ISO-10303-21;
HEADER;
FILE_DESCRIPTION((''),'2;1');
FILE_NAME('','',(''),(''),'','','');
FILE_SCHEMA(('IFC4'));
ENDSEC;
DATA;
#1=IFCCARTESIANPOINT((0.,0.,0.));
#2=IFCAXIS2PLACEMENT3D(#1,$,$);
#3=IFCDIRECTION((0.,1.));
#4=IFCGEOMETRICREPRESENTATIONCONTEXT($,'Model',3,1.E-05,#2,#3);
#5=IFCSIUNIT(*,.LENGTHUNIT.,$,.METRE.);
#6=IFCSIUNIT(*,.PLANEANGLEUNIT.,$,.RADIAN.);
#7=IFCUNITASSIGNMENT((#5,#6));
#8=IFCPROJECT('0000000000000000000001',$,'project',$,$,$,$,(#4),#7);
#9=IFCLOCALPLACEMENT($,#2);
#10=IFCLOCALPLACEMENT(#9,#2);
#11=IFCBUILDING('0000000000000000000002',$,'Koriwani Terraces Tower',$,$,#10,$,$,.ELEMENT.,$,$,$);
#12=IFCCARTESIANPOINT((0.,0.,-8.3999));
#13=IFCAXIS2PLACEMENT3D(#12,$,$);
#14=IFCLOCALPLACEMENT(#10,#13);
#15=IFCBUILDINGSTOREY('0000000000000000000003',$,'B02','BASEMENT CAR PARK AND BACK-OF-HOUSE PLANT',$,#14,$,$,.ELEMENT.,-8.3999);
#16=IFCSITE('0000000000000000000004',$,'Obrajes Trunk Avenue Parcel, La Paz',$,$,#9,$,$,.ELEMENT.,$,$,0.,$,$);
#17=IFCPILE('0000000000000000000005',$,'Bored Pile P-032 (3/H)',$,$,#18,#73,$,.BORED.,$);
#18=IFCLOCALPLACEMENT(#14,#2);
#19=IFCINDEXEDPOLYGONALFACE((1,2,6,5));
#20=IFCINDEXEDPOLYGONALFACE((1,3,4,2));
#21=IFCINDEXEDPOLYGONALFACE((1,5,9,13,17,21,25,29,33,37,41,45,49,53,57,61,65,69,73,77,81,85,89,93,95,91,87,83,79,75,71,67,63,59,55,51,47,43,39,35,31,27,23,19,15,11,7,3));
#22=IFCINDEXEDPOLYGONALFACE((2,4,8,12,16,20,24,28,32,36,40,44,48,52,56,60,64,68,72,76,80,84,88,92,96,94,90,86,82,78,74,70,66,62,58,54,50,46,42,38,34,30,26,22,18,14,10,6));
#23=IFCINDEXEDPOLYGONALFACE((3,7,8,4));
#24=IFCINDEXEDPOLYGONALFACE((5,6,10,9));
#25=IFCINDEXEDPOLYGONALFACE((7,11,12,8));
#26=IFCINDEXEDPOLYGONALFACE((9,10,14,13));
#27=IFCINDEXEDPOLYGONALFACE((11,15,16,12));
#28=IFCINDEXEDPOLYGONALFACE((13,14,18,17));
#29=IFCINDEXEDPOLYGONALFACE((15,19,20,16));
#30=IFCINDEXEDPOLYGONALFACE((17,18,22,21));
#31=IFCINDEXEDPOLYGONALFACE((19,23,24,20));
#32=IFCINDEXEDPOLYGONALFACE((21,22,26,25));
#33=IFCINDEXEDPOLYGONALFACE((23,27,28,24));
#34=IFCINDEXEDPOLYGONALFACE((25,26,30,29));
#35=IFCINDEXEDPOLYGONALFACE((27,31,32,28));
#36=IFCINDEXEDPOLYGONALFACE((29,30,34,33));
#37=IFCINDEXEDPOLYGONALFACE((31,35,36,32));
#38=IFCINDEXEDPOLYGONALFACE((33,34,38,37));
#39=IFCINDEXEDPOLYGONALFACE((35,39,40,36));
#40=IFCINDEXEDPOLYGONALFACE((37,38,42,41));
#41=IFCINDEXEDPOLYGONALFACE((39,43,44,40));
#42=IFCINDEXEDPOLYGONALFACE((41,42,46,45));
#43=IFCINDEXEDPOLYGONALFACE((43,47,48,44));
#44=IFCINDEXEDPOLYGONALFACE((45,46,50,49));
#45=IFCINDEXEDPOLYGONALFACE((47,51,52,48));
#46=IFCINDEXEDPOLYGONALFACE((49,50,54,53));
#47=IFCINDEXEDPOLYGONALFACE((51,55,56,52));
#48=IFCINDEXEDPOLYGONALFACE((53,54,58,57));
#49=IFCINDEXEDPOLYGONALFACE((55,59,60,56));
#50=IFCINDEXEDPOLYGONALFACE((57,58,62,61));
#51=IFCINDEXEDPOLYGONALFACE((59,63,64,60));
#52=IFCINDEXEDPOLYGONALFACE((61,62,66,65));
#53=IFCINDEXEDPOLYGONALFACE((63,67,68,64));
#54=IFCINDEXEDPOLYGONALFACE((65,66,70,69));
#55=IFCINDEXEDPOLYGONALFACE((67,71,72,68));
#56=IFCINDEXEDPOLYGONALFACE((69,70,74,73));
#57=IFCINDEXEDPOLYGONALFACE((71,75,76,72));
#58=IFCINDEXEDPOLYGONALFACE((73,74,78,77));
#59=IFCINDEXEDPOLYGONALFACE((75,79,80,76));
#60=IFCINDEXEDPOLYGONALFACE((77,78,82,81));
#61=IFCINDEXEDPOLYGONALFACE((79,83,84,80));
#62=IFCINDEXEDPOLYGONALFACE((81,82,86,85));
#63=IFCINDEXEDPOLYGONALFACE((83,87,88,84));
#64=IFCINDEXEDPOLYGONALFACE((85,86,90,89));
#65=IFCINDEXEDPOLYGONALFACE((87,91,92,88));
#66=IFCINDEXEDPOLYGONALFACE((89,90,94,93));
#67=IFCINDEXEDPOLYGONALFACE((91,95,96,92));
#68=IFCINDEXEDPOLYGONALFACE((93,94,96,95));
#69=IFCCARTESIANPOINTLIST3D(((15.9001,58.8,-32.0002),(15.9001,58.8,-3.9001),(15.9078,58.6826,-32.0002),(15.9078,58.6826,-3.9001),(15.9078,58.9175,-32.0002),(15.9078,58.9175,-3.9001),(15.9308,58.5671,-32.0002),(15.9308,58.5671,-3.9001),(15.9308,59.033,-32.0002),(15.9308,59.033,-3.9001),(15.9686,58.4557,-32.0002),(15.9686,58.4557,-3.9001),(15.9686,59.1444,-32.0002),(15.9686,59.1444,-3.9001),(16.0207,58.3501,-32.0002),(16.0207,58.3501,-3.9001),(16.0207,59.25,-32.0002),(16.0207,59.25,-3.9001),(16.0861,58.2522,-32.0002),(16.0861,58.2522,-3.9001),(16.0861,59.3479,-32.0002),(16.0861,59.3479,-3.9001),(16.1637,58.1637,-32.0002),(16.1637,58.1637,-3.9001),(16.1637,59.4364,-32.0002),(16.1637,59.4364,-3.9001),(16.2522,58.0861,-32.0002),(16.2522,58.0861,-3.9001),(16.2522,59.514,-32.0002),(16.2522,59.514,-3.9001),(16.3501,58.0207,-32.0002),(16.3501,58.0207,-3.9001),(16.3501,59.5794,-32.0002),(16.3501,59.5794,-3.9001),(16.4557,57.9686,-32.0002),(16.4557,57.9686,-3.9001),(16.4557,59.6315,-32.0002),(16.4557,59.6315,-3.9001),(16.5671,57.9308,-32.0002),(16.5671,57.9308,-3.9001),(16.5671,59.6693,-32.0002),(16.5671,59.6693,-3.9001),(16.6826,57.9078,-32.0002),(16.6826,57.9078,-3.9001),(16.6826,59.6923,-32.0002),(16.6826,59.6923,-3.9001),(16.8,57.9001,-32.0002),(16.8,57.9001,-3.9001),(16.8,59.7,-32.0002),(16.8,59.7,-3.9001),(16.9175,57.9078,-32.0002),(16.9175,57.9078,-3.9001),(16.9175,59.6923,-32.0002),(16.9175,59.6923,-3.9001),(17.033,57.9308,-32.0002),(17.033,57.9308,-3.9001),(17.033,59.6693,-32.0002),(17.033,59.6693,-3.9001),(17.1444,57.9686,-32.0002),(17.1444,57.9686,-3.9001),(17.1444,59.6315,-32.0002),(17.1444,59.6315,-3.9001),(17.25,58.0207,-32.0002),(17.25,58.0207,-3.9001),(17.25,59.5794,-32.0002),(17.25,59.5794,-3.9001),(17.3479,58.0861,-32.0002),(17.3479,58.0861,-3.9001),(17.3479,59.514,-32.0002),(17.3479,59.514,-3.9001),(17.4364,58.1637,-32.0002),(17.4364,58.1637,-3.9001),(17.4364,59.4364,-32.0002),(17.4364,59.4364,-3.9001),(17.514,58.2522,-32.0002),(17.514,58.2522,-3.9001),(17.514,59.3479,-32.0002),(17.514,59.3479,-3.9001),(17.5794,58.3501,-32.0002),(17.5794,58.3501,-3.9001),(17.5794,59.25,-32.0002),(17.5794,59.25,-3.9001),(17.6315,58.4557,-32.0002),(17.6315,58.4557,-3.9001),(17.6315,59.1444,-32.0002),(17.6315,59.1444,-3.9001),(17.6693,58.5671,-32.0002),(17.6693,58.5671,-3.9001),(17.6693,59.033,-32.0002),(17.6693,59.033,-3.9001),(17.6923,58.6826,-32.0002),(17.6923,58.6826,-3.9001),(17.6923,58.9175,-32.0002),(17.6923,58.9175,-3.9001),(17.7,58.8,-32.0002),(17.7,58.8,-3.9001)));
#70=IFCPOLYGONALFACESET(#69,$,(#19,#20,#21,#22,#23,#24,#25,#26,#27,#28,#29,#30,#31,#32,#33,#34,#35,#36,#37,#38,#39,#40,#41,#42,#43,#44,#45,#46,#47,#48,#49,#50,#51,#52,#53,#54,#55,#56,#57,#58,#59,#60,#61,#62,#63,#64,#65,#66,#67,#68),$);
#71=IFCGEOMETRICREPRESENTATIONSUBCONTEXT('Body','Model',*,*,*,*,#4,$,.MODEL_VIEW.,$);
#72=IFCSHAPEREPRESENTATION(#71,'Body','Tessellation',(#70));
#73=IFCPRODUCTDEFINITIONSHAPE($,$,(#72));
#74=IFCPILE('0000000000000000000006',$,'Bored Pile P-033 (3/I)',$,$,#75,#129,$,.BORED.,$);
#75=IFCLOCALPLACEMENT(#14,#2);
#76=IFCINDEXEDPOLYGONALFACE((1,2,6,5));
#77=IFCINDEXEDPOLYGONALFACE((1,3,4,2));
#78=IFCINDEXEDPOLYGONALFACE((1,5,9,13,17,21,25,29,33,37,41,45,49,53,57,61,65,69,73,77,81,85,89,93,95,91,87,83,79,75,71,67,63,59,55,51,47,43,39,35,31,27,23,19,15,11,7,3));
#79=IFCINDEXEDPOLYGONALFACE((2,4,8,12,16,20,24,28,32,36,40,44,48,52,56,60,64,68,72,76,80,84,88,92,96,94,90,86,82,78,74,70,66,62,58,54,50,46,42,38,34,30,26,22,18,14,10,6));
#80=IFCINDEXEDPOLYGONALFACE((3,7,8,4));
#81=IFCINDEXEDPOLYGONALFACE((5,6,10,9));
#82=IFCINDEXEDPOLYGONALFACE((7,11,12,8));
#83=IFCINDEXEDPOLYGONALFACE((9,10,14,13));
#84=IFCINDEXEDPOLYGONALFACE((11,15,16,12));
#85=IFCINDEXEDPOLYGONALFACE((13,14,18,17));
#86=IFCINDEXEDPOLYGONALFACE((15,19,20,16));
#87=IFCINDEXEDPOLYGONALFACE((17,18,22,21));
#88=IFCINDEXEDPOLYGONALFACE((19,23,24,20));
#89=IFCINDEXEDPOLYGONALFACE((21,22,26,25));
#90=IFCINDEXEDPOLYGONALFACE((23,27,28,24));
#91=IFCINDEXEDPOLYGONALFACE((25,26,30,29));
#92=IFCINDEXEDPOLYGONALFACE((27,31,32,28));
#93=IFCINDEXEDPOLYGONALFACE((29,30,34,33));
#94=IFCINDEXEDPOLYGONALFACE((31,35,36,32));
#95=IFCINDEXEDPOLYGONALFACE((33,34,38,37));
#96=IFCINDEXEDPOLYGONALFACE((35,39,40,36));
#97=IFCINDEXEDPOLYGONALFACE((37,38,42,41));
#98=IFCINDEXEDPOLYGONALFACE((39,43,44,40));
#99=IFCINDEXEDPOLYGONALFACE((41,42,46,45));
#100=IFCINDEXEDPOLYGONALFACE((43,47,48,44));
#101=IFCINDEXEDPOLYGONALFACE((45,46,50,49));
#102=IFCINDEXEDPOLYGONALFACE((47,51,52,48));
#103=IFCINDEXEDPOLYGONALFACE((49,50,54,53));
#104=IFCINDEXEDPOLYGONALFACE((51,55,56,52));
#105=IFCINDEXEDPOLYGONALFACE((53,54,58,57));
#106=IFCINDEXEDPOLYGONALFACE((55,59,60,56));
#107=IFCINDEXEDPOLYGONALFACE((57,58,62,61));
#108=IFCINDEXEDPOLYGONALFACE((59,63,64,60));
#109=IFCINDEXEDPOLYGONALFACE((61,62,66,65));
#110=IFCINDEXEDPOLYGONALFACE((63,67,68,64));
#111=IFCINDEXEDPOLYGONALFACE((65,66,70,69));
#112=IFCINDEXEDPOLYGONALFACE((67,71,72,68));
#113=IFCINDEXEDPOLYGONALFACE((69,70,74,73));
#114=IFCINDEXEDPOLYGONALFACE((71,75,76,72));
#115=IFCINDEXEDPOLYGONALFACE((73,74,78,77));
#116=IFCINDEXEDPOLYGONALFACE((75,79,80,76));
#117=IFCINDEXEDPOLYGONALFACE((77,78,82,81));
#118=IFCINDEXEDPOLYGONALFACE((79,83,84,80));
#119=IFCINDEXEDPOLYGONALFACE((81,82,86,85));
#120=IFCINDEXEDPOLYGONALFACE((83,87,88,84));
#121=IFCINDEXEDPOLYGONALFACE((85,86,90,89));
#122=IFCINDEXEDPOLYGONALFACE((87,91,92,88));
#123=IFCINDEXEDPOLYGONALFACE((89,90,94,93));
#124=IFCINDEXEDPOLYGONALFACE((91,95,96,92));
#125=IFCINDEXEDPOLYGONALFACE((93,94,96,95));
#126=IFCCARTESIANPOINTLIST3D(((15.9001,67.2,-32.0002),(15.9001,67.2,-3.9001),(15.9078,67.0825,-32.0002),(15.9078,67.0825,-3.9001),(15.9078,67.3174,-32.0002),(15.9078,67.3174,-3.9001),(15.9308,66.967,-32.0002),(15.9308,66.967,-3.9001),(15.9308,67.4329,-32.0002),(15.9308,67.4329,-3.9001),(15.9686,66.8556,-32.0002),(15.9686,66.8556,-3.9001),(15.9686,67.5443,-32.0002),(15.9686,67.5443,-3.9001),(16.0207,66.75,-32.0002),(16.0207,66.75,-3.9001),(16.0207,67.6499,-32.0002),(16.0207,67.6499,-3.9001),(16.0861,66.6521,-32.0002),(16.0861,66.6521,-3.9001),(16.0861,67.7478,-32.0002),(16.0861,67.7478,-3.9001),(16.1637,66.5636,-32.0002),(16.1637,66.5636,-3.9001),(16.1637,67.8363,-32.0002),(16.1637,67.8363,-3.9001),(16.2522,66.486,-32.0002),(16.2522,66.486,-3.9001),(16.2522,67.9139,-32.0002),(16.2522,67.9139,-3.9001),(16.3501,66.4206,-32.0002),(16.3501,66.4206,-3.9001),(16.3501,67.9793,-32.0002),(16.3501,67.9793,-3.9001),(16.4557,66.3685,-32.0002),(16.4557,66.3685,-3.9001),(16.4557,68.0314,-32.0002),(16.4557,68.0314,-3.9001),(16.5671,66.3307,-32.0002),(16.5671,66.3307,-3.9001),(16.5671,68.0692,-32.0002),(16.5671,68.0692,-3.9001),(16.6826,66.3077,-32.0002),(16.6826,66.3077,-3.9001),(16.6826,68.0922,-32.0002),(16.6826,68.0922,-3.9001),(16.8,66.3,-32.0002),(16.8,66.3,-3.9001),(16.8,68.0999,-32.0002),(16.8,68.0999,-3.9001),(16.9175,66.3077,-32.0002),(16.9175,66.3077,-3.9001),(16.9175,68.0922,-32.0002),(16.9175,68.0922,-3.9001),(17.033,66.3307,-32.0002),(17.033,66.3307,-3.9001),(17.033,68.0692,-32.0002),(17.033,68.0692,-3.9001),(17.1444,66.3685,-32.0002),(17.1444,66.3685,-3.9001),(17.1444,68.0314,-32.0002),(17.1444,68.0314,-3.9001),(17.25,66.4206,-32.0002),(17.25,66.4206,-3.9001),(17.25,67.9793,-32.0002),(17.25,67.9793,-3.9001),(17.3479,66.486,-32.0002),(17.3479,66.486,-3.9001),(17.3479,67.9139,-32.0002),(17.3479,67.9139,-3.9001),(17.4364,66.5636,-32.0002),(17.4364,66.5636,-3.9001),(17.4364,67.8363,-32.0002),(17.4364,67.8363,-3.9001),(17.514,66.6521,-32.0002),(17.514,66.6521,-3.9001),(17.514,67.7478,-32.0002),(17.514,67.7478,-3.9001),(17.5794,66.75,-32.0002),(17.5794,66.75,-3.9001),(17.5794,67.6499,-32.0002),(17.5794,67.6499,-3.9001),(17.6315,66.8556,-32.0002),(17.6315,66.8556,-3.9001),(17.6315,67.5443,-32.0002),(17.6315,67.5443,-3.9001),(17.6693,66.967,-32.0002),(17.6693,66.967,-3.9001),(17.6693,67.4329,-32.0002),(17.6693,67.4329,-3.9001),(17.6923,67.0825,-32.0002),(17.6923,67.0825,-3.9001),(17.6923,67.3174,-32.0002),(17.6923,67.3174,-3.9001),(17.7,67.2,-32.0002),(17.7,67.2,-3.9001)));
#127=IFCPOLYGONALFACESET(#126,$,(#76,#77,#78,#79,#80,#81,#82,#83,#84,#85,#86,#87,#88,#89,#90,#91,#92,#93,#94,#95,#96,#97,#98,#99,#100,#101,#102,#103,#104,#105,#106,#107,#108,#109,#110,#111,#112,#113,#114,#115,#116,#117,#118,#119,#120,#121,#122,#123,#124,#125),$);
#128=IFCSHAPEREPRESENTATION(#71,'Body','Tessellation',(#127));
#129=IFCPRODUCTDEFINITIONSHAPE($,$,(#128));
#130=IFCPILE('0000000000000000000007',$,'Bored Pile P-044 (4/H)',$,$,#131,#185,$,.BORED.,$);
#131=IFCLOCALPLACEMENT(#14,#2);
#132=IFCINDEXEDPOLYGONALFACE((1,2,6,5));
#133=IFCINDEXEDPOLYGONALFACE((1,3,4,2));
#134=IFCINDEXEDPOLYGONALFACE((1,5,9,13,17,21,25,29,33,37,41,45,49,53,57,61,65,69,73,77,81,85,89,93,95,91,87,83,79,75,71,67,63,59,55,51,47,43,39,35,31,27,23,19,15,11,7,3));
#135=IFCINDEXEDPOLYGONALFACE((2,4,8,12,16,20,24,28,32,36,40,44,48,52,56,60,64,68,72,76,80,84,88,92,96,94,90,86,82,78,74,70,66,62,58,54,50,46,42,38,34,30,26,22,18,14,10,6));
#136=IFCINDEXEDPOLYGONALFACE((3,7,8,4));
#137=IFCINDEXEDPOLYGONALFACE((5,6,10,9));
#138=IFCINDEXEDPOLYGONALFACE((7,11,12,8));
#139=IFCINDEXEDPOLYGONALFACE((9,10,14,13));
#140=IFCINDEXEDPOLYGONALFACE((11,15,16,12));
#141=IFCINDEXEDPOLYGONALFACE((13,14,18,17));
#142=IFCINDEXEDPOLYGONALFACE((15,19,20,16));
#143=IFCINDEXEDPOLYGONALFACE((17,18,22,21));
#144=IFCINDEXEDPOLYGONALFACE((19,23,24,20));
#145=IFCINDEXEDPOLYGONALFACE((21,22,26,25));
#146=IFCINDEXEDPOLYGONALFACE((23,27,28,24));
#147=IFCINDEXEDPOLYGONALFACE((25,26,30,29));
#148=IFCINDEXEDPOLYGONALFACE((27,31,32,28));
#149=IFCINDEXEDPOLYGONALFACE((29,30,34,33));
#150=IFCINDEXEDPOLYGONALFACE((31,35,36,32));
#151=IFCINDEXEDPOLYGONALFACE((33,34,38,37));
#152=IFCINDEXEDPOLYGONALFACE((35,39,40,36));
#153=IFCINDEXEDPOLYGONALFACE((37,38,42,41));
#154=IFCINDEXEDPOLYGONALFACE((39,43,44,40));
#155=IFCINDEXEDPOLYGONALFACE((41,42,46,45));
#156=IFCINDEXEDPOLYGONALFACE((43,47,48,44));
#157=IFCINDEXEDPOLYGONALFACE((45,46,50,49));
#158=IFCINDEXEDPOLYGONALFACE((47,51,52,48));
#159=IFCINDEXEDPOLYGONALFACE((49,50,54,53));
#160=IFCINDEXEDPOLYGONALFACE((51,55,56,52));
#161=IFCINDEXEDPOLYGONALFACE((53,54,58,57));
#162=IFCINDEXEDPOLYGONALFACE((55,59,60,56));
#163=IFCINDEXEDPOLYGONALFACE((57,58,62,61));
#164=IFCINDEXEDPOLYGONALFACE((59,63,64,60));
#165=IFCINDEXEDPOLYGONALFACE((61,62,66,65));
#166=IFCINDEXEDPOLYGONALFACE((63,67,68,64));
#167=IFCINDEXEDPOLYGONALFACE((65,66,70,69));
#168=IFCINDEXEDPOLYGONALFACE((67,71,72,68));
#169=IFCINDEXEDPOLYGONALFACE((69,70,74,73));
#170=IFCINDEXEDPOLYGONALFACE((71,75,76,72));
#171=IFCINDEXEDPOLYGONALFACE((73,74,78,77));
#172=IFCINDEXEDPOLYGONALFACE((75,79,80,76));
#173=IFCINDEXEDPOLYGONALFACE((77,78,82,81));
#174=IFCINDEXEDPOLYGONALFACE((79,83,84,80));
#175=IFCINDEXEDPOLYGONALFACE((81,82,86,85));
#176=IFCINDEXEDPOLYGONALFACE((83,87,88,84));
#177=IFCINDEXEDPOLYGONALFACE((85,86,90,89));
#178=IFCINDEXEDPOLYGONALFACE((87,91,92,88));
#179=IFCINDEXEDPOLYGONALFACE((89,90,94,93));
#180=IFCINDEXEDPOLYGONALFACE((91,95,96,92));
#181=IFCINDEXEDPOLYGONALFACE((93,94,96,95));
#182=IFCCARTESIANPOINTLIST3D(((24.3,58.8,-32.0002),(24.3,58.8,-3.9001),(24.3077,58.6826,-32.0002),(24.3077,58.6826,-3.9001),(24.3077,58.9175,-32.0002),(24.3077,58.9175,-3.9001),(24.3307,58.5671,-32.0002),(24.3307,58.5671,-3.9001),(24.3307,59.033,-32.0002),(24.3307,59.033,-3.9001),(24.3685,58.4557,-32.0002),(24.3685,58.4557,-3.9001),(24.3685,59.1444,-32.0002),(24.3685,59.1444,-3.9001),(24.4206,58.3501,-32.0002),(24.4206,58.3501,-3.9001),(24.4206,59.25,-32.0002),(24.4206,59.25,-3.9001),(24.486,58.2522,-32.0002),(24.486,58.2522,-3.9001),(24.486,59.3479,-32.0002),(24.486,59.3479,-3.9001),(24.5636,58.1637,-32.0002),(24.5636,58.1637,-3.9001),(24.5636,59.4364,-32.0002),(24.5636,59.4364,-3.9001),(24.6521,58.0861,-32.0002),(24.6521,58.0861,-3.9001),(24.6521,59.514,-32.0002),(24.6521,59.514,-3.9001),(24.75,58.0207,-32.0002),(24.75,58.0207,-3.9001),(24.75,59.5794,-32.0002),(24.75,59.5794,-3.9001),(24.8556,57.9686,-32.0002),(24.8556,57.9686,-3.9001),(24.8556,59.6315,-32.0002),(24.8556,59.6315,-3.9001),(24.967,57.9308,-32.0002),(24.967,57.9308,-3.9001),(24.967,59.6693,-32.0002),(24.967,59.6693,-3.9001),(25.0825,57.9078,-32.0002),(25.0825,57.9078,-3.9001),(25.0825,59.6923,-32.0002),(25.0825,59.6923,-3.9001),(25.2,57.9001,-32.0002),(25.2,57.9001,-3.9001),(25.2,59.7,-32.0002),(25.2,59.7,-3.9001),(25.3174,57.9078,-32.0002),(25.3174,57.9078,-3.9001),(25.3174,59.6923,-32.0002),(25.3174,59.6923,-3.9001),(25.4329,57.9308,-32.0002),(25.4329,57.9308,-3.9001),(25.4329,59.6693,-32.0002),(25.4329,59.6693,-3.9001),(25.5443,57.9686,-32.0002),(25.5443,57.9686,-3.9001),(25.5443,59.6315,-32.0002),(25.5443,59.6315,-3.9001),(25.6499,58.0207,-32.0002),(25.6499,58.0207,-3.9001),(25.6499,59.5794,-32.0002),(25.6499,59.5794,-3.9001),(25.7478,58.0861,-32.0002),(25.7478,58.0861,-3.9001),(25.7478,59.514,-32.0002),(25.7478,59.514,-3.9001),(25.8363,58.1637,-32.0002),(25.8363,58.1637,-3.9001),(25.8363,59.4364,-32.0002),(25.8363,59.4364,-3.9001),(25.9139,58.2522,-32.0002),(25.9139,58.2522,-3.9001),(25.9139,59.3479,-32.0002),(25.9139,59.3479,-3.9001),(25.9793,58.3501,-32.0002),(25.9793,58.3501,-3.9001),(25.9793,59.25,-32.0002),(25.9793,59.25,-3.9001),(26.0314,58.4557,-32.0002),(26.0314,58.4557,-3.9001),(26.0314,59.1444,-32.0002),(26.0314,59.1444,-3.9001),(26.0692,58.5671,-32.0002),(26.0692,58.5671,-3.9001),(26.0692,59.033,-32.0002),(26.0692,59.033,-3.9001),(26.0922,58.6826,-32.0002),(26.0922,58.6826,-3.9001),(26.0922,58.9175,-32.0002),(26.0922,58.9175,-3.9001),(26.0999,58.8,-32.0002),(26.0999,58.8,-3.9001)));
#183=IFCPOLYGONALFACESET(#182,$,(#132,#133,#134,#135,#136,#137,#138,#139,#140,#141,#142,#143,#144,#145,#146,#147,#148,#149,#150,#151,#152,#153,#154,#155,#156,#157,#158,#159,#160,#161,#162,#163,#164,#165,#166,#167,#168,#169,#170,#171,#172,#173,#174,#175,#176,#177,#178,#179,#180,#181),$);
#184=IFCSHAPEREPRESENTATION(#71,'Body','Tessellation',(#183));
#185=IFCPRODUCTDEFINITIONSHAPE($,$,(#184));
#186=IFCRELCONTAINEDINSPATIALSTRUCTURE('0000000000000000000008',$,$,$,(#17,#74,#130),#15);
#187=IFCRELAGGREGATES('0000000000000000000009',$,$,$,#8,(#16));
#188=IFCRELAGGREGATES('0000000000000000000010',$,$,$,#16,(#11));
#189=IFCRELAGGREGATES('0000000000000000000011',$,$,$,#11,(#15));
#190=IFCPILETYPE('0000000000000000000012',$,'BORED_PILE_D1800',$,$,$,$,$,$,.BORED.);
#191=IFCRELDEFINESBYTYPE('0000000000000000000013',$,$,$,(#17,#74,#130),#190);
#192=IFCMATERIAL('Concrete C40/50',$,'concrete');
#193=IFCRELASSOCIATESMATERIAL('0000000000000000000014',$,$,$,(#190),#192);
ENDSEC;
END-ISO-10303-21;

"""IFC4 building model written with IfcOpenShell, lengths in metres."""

from ifc_helpers import new_model, si_unit, direction, frame, origin, origin_2d, place, context, subcontext, project, spatial, circle, extrude, material, material_profile, profile_set, type_object, element, save


model = new_model("IFC4")

# Units and contexts
model_context = context("Model", 3, precision=1e-05, world=origin(), true_north=direction((0.0, 1.0)))
body_context = subcontext(model_context, "Body", "Model", "MODEL_VIEW")
ifc_project = project(units=[si_unit("LENGTHUNIT", "METRE"), si_unit("PLANEANGLEUNIT", "RADIAN")], contexts=[model_context])

# Site, building, storey
site_placement = place(None, origin())
site = spatial("IfcSite", under=ifc_project, at=site_placement, Name="Obrajes Trunk Avenue Parcel, La Paz", CompositionType="ELEMENT", RefElevation=0.0)
building_placement = place(site_placement, origin())
building = spatial("IfcBuilding", under=site, at=building_placement, Name="Koriwani Terraces Tower", CompositionType="ELEMENT")
storey_placement = place(building_placement, frame((0.0, 0.0, -8.3999)))
storey = spatial("IfcBuildingStorey", under=building, at=storey_placement, Name="B02", Description="BASEMENT CAR PARK AND BACK-OF-HOUSE PLANT", CompositionType="ELEMENT", Elevation=-8.3999)

# Piles
ifc_material_1 = material(Name="Concrete C40/50", Category="concrete")
ifc_material_profile_1 = material_profile(ifc_material_1, circle(Radius=0.8999, at=origin_2d()), Name="Concrete C40/50")
ifc_profile_set_1 = profile_set([ifc_material_profile_1], Name="Concrete C40/50")
pile_type = type_object("IfcPileType", Name="BORED_PILE_D1800", PredefinedType="BORED", material=ifc_profile_set_1)
for number, where, z_axis, x_axis, name in (
    (1, (16.8, 58.8, -3.9001), (0.0, 0.0, -1.0), (1.0, 0.0, 0.0), "Bored Pile P-032 (3/H)"),
    (2, (16.8, 67.2, -3.9001), (0.0, 0.0, -1.0), (1.0, 0.0, 0.0), "Bored Pile P-033 (3/I)"),
    (3, (25.2, 58.8, -3.9001), (0.0, 0.0, -1.0), (1.0, 0.0, 0.0), "Bored Pile P-044 (4/H)"),
):
    element("IfcPile", number, at=place(storey_placement, frame(where, z_axis=z_axis, x_axis=x_axis)), inside=storey, type_object=pile_type, Name=name, PredefinedType="BORED", context=body_context, shape_type="SweptSolid", body=[
        extrude(circle(Radius=0.8999, at=origin_2d()), origin(), (0.0, 0.0, 1.0), 28.1001),
    ])

save(model, "model.ifc")
